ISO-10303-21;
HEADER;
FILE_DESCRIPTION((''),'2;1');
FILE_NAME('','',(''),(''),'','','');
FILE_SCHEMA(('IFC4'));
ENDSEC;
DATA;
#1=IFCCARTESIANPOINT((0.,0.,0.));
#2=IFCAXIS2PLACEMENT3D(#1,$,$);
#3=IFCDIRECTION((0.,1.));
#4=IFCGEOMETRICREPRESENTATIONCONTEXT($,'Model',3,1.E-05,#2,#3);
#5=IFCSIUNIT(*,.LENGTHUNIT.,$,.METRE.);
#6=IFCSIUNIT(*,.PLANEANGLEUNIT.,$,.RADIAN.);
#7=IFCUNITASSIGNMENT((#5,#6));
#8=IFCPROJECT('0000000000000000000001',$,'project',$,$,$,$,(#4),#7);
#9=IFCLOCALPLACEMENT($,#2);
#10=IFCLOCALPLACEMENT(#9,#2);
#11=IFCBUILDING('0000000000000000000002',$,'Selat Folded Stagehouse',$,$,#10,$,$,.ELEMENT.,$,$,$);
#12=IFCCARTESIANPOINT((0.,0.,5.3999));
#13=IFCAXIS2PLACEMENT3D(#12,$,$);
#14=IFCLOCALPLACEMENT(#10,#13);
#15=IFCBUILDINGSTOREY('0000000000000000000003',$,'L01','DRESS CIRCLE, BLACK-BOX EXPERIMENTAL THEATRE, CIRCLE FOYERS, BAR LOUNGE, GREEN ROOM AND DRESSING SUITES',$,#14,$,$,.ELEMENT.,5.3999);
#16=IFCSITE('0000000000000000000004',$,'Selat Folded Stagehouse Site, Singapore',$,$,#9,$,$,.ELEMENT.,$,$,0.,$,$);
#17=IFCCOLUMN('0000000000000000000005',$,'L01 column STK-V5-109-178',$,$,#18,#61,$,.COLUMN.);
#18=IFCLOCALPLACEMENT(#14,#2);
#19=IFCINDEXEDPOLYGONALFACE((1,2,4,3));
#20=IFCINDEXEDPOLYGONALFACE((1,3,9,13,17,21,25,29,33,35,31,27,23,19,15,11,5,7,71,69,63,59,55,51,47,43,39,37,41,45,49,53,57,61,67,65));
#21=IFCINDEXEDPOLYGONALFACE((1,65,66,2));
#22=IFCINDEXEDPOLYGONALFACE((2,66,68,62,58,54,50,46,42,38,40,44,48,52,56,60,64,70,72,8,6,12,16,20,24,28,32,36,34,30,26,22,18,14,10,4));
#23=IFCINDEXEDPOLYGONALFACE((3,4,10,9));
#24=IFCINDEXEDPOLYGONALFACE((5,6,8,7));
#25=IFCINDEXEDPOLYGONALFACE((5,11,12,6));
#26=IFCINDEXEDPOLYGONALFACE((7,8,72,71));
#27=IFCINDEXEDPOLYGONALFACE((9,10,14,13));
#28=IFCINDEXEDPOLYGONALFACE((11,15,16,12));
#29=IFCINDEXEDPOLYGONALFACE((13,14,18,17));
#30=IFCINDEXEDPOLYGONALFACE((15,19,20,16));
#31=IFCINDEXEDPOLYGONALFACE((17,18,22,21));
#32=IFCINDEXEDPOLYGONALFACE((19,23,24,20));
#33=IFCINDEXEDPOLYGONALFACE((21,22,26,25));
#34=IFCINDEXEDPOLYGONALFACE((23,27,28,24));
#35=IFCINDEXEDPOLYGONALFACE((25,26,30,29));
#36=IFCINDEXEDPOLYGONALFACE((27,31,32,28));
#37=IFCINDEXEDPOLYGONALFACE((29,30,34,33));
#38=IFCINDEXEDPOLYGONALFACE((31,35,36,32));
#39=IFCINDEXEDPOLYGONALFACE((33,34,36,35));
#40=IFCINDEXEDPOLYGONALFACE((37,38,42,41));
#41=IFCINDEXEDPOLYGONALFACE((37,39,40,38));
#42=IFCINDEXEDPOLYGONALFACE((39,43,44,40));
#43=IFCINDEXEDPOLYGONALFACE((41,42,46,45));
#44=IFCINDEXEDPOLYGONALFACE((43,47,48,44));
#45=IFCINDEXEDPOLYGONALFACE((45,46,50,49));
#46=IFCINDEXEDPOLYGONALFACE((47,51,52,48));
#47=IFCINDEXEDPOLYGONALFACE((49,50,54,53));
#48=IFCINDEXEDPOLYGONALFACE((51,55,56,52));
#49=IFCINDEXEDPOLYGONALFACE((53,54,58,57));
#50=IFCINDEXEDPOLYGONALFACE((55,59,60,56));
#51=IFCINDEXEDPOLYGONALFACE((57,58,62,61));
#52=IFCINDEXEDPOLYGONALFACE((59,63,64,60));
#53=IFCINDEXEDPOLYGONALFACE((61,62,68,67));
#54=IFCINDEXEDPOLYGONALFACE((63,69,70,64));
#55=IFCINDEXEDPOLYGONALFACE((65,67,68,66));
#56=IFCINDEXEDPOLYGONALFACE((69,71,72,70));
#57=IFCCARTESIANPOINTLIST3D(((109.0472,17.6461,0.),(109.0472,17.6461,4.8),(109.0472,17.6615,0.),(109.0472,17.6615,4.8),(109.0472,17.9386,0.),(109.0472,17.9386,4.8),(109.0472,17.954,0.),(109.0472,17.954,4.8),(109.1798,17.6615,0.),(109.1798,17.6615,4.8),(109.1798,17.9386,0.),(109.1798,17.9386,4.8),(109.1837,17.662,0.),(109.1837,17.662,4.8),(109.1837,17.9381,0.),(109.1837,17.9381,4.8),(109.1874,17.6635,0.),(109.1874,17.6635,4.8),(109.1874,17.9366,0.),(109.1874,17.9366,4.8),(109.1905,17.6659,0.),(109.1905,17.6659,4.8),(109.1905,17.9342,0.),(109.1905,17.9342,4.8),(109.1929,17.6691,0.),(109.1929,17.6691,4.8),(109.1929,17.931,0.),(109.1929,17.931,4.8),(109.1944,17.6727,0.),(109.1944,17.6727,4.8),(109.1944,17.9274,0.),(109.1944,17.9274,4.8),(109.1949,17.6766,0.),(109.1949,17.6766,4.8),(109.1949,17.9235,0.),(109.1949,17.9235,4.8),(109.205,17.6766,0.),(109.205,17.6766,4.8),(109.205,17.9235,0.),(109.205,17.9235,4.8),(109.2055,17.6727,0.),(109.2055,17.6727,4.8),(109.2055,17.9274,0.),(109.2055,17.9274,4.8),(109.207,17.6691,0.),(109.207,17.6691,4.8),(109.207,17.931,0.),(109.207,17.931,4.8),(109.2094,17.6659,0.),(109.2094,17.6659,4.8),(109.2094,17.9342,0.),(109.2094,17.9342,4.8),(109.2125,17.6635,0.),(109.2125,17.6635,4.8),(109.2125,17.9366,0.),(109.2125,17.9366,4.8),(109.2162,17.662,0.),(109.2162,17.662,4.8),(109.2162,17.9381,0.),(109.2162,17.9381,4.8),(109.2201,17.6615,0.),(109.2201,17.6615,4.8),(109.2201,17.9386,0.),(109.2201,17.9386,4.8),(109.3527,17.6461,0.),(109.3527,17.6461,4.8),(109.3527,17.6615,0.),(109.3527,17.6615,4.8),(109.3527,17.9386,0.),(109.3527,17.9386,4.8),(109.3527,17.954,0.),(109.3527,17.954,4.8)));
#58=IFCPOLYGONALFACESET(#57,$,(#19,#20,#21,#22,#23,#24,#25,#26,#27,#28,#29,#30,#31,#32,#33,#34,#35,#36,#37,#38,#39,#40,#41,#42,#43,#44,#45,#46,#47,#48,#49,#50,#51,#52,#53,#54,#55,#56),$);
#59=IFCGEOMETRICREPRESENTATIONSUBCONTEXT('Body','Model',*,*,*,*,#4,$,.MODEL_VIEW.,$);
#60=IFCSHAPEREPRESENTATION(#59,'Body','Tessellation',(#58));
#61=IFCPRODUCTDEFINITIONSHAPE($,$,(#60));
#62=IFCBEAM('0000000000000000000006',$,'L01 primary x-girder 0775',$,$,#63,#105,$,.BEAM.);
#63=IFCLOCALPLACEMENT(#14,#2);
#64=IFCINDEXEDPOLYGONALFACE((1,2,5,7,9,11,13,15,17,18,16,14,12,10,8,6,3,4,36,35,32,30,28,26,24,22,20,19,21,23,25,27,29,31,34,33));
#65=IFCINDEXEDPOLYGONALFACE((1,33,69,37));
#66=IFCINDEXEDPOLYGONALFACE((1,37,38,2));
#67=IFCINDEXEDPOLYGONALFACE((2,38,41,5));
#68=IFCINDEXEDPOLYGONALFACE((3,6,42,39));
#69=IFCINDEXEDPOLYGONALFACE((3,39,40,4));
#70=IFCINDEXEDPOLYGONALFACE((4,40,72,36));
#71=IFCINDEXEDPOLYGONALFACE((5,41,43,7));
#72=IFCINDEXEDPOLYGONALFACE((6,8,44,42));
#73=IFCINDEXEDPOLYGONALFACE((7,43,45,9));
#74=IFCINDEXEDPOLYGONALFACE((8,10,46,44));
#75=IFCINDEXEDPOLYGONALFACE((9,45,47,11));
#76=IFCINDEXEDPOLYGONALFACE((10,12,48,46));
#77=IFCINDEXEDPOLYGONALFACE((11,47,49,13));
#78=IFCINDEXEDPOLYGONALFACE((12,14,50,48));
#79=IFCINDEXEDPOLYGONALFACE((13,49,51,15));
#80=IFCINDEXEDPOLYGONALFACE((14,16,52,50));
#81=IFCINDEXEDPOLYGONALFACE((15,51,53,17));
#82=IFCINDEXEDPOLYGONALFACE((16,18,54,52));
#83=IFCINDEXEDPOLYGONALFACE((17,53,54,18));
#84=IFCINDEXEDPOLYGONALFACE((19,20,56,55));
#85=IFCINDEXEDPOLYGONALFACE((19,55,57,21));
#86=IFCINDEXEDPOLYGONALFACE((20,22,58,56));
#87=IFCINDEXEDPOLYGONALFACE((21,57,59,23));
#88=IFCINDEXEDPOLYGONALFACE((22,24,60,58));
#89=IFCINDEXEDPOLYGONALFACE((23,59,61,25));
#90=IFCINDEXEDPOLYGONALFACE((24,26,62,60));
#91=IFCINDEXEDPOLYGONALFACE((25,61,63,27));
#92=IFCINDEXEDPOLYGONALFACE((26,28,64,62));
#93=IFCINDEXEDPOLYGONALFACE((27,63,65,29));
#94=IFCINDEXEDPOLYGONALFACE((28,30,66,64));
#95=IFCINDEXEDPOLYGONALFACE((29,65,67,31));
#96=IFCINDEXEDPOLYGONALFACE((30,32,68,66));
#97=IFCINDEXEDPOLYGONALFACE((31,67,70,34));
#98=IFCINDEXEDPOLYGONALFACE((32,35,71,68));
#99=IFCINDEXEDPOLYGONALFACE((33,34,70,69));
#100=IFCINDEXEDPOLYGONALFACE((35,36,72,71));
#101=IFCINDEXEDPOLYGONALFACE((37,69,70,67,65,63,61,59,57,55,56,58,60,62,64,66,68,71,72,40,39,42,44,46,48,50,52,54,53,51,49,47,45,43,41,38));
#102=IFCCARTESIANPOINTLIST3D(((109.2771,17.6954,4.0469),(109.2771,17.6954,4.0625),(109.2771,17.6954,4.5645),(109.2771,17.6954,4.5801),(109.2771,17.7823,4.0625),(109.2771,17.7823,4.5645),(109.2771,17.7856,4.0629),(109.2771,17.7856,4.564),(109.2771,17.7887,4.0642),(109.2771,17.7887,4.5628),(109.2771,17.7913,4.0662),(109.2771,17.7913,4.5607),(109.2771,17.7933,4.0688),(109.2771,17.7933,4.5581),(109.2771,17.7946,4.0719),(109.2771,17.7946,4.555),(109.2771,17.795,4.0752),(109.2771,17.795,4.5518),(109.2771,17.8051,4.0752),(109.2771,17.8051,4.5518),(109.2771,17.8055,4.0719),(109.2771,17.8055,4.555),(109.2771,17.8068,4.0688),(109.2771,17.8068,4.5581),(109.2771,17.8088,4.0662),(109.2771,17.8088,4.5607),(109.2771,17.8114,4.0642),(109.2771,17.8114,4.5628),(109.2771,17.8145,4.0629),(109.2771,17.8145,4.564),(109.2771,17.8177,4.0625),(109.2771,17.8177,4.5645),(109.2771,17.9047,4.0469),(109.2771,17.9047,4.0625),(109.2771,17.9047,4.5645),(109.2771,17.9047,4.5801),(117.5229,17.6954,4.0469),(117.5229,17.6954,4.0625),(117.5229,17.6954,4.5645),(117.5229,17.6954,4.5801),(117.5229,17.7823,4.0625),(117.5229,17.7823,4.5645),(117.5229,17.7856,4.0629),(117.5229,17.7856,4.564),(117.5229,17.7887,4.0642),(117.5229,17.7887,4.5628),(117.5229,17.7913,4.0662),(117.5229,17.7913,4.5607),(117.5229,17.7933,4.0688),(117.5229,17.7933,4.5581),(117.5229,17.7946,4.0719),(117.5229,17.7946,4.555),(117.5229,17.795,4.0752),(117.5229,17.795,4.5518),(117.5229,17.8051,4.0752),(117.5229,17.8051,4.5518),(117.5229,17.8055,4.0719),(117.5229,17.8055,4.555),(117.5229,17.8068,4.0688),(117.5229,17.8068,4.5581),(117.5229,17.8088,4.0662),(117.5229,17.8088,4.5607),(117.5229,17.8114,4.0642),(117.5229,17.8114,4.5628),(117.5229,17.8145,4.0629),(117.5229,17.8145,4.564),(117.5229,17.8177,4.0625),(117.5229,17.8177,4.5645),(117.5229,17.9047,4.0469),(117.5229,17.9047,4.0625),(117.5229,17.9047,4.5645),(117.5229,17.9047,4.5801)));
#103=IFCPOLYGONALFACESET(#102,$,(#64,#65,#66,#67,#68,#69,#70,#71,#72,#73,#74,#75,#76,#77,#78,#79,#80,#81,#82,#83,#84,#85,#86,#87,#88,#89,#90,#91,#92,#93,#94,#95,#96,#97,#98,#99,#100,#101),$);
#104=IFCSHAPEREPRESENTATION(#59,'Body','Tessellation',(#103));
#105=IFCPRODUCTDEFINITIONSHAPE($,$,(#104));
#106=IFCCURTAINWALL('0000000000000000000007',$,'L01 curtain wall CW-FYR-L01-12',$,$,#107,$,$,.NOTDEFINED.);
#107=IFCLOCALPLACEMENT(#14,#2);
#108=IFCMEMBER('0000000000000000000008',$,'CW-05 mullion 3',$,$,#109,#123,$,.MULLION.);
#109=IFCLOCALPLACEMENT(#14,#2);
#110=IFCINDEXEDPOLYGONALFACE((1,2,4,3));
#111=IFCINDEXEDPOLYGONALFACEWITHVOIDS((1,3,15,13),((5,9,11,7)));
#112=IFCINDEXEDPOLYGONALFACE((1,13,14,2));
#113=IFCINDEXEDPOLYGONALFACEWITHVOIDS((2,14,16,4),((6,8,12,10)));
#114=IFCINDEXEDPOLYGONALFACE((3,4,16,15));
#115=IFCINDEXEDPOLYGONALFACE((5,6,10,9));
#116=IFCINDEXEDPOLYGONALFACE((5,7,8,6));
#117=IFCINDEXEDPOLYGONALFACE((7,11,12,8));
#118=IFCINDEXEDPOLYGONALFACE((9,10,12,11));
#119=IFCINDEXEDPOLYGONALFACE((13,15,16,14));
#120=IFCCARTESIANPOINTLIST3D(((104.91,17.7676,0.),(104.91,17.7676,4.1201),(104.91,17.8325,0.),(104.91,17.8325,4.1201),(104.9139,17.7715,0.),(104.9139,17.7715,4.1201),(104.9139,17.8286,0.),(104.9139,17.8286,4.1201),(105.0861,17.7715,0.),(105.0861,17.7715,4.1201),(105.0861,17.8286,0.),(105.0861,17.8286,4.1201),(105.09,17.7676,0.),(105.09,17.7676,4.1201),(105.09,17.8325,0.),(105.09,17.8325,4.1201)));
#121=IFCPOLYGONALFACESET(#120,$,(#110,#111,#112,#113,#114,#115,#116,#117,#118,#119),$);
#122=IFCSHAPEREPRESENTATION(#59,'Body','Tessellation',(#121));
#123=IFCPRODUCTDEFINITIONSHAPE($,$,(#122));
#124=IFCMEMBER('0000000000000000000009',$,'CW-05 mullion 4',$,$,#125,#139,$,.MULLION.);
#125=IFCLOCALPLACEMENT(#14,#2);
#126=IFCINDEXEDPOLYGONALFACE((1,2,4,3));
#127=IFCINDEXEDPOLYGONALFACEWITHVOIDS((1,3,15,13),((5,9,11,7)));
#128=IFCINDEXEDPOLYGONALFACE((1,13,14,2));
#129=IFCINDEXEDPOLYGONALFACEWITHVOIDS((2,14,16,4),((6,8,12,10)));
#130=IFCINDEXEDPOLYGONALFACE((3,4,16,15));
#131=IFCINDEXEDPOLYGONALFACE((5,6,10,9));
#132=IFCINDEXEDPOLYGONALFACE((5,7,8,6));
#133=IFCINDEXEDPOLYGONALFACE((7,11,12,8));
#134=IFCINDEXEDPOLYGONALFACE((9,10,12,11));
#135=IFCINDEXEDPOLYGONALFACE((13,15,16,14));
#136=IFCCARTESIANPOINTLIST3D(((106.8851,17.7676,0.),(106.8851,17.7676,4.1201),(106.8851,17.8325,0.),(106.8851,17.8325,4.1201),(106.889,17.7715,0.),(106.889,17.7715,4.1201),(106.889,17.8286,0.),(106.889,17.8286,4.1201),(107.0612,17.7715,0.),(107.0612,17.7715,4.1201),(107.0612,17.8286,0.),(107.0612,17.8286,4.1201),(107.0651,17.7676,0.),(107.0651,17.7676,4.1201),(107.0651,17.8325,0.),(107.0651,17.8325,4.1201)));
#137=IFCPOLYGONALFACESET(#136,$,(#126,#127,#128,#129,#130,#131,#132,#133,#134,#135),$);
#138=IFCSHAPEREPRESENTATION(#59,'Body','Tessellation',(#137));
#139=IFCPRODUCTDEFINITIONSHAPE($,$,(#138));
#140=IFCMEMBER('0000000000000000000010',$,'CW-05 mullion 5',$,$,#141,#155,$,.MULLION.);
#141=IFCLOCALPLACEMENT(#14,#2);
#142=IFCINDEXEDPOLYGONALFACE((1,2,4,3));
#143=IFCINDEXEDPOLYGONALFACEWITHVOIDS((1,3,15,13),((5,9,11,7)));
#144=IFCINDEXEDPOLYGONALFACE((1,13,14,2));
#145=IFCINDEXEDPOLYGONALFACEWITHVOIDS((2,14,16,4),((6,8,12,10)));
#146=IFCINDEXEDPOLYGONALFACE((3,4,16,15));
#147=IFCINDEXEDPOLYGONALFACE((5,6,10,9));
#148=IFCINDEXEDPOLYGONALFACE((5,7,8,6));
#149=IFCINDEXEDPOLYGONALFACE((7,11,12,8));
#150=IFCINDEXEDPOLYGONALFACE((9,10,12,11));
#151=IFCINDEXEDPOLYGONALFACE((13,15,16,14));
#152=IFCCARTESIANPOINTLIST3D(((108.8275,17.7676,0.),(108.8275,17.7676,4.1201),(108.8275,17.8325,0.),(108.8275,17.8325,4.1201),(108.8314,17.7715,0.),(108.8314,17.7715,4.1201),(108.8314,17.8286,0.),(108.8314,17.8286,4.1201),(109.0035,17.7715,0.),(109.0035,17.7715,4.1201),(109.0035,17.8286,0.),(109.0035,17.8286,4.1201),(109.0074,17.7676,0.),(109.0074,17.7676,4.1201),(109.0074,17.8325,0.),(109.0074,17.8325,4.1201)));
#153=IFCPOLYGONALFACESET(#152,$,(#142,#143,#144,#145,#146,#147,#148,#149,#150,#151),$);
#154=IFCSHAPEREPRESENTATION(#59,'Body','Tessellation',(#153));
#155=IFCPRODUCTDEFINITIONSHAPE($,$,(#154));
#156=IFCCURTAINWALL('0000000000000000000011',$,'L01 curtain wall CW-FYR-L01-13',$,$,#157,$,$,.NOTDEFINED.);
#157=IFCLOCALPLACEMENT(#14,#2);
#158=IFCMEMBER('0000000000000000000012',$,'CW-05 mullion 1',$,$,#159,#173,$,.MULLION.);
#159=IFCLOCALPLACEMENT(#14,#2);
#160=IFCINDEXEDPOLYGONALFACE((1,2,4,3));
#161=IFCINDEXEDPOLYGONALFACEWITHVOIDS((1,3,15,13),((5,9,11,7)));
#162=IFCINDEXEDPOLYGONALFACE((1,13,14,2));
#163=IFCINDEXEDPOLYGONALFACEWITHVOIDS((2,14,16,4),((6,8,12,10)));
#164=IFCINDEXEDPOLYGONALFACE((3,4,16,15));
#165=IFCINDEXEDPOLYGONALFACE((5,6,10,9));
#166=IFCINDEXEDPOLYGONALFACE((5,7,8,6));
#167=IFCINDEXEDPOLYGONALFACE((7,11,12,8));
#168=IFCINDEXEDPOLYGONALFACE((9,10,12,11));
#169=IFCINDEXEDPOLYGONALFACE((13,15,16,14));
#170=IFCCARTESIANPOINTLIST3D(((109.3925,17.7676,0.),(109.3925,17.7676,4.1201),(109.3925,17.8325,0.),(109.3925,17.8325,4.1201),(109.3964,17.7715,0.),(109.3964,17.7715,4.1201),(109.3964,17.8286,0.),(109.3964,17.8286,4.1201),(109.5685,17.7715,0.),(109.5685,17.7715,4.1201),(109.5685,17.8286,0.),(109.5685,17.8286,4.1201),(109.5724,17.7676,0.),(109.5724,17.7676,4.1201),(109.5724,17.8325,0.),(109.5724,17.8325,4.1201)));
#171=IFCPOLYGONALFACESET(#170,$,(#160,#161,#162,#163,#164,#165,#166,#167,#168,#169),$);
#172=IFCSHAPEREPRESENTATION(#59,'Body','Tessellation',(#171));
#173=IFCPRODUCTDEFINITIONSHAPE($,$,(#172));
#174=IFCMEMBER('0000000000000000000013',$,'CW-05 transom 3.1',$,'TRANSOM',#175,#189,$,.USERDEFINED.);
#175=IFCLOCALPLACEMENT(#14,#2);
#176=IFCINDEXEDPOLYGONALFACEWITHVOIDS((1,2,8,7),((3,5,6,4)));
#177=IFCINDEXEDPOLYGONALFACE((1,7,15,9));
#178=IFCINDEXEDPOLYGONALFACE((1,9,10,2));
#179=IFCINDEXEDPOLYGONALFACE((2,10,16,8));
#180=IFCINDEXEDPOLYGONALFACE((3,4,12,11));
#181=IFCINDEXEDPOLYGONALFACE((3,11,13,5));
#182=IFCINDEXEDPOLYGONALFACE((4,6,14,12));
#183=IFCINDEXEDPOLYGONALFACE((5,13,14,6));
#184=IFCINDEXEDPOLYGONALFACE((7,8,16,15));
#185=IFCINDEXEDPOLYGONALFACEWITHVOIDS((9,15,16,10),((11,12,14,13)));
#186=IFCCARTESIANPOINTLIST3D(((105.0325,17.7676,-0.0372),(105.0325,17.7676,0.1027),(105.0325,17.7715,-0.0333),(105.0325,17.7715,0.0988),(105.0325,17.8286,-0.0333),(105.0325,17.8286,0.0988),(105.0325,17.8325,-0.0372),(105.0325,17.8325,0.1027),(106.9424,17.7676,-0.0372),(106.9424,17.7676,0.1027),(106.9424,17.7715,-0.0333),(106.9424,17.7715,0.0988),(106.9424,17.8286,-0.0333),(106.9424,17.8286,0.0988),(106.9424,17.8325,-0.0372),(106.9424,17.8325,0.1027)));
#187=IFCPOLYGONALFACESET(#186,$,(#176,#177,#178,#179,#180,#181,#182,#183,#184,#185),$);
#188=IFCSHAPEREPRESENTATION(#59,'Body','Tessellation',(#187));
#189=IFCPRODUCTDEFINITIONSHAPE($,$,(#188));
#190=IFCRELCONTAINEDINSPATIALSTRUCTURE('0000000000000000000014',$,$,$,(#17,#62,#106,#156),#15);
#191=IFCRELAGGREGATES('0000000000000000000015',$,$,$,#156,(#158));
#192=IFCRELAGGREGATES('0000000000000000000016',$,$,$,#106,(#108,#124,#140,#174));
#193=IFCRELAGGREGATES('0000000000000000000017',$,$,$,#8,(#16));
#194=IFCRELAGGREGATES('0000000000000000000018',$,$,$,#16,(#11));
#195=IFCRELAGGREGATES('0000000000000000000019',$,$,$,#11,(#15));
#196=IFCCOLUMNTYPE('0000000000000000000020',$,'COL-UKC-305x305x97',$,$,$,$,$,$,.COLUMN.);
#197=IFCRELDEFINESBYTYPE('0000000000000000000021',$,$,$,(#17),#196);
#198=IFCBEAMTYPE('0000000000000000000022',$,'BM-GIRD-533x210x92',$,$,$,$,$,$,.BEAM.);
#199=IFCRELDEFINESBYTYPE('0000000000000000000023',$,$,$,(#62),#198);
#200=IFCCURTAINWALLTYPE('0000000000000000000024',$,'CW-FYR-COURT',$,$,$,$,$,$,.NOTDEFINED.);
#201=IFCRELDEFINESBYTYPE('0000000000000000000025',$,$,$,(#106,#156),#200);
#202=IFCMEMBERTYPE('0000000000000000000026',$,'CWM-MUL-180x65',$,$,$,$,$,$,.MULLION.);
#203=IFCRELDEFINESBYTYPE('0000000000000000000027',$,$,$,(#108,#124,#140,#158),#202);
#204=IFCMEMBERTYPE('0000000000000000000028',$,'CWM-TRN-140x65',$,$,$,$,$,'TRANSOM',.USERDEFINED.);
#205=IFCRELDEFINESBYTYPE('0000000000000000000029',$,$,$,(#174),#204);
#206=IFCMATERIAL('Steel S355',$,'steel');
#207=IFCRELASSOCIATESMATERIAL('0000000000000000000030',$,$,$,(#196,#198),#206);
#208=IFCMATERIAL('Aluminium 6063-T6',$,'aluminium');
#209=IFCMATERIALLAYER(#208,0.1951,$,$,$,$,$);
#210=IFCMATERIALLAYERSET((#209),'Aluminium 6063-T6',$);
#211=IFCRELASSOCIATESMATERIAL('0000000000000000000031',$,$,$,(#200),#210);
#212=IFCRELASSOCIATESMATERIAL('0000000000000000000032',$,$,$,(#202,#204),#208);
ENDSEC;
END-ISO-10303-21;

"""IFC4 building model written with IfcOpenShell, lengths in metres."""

from ifc_helpers import new_model, si_unit, direction, frame, origin, origin_2d, place, context, subcontext, project, spatial, hollow_rectangle, i_section, extrude, material, layer, layer_set, material_profile, profile_set, type_object, element, aggregate, save


model = new_model("IFC4")

# Units and contexts
model_context = context("Model", 3, precision=1e-05, world=origin(), true_north=direction((0.0, 1.0)))
body_context = subcontext(model_context, "Body", "Model", "MODEL_VIEW")
ifc_project = project(units=[si_unit("LENGTHUNIT", "METRE"), si_unit("PLANEANGLEUNIT", "RADIAN")], contexts=[model_context])

# Site, building, storey
site_placement = place(None, origin())
site = spatial("IfcSite", under=ifc_project, at=site_placement, Name="Selat Folded Stagehouse Site, Singapore", CompositionType="ELEMENT", RefElevation=0.0)
building_placement = place(site_placement, origin())
building = spatial("IfcBuilding", under=site, at=building_placement, Name="Selat Folded Stagehouse", CompositionType="ELEMENT")
storey_placement = place(building_placement, frame((0.0, 0.0, 5.3999)))
storey = spatial("IfcBuildingStorey", under=building, at=storey_placement, Name="L01", Description="DRESS CIRCLE, BLACK-BOX EXPERIMENTAL THEATRE, CIRCLE FOYERS, BAR LOUNGE, GREEN ROOM AND DRESSING SUITES", CompositionType="ELEMENT", Elevation=5.3999)

# Column
ifc_material_1 = material(Name="Steel S355", Category="steel")
ifc_material_profile_1 = material_profile(ifc_material_1, i_section(OverallWidth=0.3054, OverallDepth=0.3079, WebThickness=0.01, FlangeThickness=0.0154, FilletRadius=0.0151, at=origin_2d()), Name="UKC 305x305x97")
ifc_profile_set_1 = profile_set([ifc_material_profile_1], Name="Steel S355")
column_type = type_object("IfcColumnType", Name="COL-UKC-305x305x97", PredefinedType="COLUMN", material=ifc_profile_set_1)
column_placement = place(storey_placement, frame((109.2, 17.8, 0.0), z_axis=(0.0, 0.0, 1.0), x_axis=(1.0, 0.0, 0.0)))
element("IfcColumn", 1, at=column_placement, inside=storey, type_object=column_type, Name="L01 column STK-V5-109-178", PredefinedType="COLUMN", context=body_context, shape_type="SweptSolid", body=[
    extrude(i_section(OverallWidth=0.3054, OverallDepth=0.3079, WebThickness=0.01, FlangeThickness=0.0154, FilletRadius=0.0151, at=origin_2d()), origin(), (0.0, 0.0, 1.0), 4.8),
])

# Beam
ifc_material_profile_2 = material_profile(ifc_material_1, i_section(OverallWidth=0.2092, OverallDepth=0.5332, WebThickness=0.01, FlangeThickness=0.0156, FilletRadius=0.0127, at=origin_2d()), Name="UKB 533x210x92")
ifc_profile_set_2 = profile_set([ifc_material_profile_2], Name="Steel S355")
beam_type = type_object("IfcBeamType", Name="BM-GIRD-533x210x92", PredefinedType="BEAM", material=ifc_profile_set_2)
beam_placement = place(storey_placement, frame((109.2771, 17.8, 4.3135), z_axis=(1.0, 0.0, 0.0), x_axis=(0.0, 1.0, 0.0)))
element("IfcBeam", 2, at=beam_placement, inside=storey, type_object=beam_type, Name="L01 primary x-girder 0775", PredefinedType="BEAM", context=body_context, shape_type="SweptSolid", body=[
    extrude(i_section(OverallWidth=0.2092, OverallDepth=0.5332, WebThickness=0.01, FlangeThickness=0.0156, FilletRadius=0.0127, at=origin_2d()), origin(), (0.0, 0.0, 1.0), 8.2458),
])

# Curtain wall, members
ifc_material_2 = material(Name="Aluminium 6063-T6", Category="aluminium")
ifc_layer_1 = layer(ifc_material_2, 0.1951)
ifc_layer_set_1 = layer_set([ifc_layer_1], Name="Aluminium 6063-T6")
curtain_wall_type = type_object("IfcCurtainWallType", Name="CW-FYR-COURT", PredefinedType="NOTDEFINED", material=ifc_layer_set_1)
curtain_wall_1_placement = place(storey_placement, origin())
curtain_wall_1 = element("IfcCurtainWall", 3, at=curtain_wall_1_placement, inside=storey, type_object=curtain_wall_type, Name="L01 curtain wall CW-FYR-L01-12", PredefinedType="NOTDEFINED")
ifc_material_profile_3 = material_profile(ifc_material_2, hollow_rectangle(XDim=0.0649, YDim=0.1799, WallThickness=0.0039, at=origin_2d()), Name="ALU 180x65x4.0")
ifc_profile_set_3 = profile_set([ifc_material_profile_3], Name="Aluminium 6063-T6")
member_type_1 = type_object("IfcMemberType", Name="CWM-MUL-180x65", PredefinedType="MULLION", material=ifc_profile_set_3)
member_1_placement = place(storey_placement, frame((105.0, 17.8, 0.0), z_axis=(0.0, 0.0, 1.0), x_axis=(0.0, 1.0, 0.0)))
member_1 = element("IfcMember", 4, at=member_1_placement, type_object=member_type_1, Name="CW-05 mullion 3", PredefinedType="MULLION", context=body_context, shape_type="SweptSolid", body=[
    extrude(hollow_rectangle(XDim=0.0649, YDim=0.1799, WallThickness=0.0039, at=origin_2d()), origin(), (0.0, 0.0, 1.0), 4.1201),
])
member_2_placement = place(storey_placement, frame((106.9751, 17.8, 0.0), z_axis=(0.0, 0.0, 1.0), x_axis=(0.0, 1.0, 0.0)))
member_2 = element("IfcMember", 5, at=member_2_placement, type_object=member_type_1, Name="CW-05 mullion 4", PredefinedType="MULLION", context=body_context, shape_type="SweptSolid", body=[
    extrude(hollow_rectangle(XDim=0.0649, YDim=0.1799, WallThickness=0.0039, at=origin_2d()), origin(), (0.0, 0.0, 1.0), 4.1201),
])
member_3_placement = place(storey_placement, frame((108.9175, 17.8, 0.0), z_axis=(0.0, 0.0, 1.0), x_axis=(0.0, 1.0, 0.0)))
member_3 = element("IfcMember", 6, at=member_3_placement, type_object=member_type_1, Name="CW-05 mullion 5", PredefinedType="MULLION", context=body_context, shape_type="SweptSolid", body=[
    extrude(hollow_rectangle(XDim=0.0649, YDim=0.1799, WallThickness=0.0039, at=origin_2d()), origin(), (0.0, 0.0, 1.0), 4.1201),
])

# Curtain wall, member
curtain_wall_2_placement = place(storey_placement, origin())
curtain_wall_2 = element("IfcCurtainWall", 7, at=curtain_wall_2_placement, inside=storey, type_object=curtain_wall_type, Name="L01 curtain wall CW-FYR-L01-13", PredefinedType="NOTDEFINED")
member_4_placement = place(storey_placement, frame((109.4824, 17.8, 0.0), z_axis=(0.0, 0.0, 1.0), x_axis=(0.0, 1.0, 0.0)))
member_4 = element("IfcMember", 8, at=member_4_placement, type_object=member_type_1, Name="CW-05 mullion 1", PredefinedType="MULLION", context=body_context, shape_type="SweptSolid", body=[
    extrude(hollow_rectangle(XDim=0.0649, YDim=0.1799, WallThickness=0.0039, at=origin_2d()), origin(), (0.0, 0.0, 1.0), 4.1201),
])
aggregate(curtain_wall_2, [member_4])

# Member
ifc_material_profile_4 = material_profile(ifc_material_2, hollow_rectangle(XDim=0.0649, YDim=0.1399, WallThickness=0.0039, at=origin_2d()), Name="ALU 140x65x4.0")
ifc_profile_set_4 = profile_set([ifc_material_profile_4], Name="Aluminium 6063-T6")
member_type_2 = type_object("IfcMemberType", Name="CWM-TRN-140x65", ElementType="TRANSOM", PredefinedType="USERDEFINED", material=ifc_profile_set_4)
member_5_placement = place(storey_placement, frame((105.0325, 17.8, 0.0327), z_axis=(1.0, 0.0, 0.0), x_axis=(0.0, 1.0, 0.0)))
member_5 = element("IfcMember", 9, at=member_5_placement, type_object=member_type_2, Name="CW-05 transom 3.1", ObjectType="TRANSOM", PredefinedType="USERDEFINED", context=body_context, shape_type="SweptSolid", body=[
    extrude(hollow_rectangle(XDim=0.0649, YDim=0.1399, WallThickness=0.0039, at=origin_2d()), origin(), (0.0, 0.0, 1.0), 1.9099),
])

aggregate(curtain_wall_1, [member_1, member_2, member_3, member_5])

save(model, "model.ifc")
